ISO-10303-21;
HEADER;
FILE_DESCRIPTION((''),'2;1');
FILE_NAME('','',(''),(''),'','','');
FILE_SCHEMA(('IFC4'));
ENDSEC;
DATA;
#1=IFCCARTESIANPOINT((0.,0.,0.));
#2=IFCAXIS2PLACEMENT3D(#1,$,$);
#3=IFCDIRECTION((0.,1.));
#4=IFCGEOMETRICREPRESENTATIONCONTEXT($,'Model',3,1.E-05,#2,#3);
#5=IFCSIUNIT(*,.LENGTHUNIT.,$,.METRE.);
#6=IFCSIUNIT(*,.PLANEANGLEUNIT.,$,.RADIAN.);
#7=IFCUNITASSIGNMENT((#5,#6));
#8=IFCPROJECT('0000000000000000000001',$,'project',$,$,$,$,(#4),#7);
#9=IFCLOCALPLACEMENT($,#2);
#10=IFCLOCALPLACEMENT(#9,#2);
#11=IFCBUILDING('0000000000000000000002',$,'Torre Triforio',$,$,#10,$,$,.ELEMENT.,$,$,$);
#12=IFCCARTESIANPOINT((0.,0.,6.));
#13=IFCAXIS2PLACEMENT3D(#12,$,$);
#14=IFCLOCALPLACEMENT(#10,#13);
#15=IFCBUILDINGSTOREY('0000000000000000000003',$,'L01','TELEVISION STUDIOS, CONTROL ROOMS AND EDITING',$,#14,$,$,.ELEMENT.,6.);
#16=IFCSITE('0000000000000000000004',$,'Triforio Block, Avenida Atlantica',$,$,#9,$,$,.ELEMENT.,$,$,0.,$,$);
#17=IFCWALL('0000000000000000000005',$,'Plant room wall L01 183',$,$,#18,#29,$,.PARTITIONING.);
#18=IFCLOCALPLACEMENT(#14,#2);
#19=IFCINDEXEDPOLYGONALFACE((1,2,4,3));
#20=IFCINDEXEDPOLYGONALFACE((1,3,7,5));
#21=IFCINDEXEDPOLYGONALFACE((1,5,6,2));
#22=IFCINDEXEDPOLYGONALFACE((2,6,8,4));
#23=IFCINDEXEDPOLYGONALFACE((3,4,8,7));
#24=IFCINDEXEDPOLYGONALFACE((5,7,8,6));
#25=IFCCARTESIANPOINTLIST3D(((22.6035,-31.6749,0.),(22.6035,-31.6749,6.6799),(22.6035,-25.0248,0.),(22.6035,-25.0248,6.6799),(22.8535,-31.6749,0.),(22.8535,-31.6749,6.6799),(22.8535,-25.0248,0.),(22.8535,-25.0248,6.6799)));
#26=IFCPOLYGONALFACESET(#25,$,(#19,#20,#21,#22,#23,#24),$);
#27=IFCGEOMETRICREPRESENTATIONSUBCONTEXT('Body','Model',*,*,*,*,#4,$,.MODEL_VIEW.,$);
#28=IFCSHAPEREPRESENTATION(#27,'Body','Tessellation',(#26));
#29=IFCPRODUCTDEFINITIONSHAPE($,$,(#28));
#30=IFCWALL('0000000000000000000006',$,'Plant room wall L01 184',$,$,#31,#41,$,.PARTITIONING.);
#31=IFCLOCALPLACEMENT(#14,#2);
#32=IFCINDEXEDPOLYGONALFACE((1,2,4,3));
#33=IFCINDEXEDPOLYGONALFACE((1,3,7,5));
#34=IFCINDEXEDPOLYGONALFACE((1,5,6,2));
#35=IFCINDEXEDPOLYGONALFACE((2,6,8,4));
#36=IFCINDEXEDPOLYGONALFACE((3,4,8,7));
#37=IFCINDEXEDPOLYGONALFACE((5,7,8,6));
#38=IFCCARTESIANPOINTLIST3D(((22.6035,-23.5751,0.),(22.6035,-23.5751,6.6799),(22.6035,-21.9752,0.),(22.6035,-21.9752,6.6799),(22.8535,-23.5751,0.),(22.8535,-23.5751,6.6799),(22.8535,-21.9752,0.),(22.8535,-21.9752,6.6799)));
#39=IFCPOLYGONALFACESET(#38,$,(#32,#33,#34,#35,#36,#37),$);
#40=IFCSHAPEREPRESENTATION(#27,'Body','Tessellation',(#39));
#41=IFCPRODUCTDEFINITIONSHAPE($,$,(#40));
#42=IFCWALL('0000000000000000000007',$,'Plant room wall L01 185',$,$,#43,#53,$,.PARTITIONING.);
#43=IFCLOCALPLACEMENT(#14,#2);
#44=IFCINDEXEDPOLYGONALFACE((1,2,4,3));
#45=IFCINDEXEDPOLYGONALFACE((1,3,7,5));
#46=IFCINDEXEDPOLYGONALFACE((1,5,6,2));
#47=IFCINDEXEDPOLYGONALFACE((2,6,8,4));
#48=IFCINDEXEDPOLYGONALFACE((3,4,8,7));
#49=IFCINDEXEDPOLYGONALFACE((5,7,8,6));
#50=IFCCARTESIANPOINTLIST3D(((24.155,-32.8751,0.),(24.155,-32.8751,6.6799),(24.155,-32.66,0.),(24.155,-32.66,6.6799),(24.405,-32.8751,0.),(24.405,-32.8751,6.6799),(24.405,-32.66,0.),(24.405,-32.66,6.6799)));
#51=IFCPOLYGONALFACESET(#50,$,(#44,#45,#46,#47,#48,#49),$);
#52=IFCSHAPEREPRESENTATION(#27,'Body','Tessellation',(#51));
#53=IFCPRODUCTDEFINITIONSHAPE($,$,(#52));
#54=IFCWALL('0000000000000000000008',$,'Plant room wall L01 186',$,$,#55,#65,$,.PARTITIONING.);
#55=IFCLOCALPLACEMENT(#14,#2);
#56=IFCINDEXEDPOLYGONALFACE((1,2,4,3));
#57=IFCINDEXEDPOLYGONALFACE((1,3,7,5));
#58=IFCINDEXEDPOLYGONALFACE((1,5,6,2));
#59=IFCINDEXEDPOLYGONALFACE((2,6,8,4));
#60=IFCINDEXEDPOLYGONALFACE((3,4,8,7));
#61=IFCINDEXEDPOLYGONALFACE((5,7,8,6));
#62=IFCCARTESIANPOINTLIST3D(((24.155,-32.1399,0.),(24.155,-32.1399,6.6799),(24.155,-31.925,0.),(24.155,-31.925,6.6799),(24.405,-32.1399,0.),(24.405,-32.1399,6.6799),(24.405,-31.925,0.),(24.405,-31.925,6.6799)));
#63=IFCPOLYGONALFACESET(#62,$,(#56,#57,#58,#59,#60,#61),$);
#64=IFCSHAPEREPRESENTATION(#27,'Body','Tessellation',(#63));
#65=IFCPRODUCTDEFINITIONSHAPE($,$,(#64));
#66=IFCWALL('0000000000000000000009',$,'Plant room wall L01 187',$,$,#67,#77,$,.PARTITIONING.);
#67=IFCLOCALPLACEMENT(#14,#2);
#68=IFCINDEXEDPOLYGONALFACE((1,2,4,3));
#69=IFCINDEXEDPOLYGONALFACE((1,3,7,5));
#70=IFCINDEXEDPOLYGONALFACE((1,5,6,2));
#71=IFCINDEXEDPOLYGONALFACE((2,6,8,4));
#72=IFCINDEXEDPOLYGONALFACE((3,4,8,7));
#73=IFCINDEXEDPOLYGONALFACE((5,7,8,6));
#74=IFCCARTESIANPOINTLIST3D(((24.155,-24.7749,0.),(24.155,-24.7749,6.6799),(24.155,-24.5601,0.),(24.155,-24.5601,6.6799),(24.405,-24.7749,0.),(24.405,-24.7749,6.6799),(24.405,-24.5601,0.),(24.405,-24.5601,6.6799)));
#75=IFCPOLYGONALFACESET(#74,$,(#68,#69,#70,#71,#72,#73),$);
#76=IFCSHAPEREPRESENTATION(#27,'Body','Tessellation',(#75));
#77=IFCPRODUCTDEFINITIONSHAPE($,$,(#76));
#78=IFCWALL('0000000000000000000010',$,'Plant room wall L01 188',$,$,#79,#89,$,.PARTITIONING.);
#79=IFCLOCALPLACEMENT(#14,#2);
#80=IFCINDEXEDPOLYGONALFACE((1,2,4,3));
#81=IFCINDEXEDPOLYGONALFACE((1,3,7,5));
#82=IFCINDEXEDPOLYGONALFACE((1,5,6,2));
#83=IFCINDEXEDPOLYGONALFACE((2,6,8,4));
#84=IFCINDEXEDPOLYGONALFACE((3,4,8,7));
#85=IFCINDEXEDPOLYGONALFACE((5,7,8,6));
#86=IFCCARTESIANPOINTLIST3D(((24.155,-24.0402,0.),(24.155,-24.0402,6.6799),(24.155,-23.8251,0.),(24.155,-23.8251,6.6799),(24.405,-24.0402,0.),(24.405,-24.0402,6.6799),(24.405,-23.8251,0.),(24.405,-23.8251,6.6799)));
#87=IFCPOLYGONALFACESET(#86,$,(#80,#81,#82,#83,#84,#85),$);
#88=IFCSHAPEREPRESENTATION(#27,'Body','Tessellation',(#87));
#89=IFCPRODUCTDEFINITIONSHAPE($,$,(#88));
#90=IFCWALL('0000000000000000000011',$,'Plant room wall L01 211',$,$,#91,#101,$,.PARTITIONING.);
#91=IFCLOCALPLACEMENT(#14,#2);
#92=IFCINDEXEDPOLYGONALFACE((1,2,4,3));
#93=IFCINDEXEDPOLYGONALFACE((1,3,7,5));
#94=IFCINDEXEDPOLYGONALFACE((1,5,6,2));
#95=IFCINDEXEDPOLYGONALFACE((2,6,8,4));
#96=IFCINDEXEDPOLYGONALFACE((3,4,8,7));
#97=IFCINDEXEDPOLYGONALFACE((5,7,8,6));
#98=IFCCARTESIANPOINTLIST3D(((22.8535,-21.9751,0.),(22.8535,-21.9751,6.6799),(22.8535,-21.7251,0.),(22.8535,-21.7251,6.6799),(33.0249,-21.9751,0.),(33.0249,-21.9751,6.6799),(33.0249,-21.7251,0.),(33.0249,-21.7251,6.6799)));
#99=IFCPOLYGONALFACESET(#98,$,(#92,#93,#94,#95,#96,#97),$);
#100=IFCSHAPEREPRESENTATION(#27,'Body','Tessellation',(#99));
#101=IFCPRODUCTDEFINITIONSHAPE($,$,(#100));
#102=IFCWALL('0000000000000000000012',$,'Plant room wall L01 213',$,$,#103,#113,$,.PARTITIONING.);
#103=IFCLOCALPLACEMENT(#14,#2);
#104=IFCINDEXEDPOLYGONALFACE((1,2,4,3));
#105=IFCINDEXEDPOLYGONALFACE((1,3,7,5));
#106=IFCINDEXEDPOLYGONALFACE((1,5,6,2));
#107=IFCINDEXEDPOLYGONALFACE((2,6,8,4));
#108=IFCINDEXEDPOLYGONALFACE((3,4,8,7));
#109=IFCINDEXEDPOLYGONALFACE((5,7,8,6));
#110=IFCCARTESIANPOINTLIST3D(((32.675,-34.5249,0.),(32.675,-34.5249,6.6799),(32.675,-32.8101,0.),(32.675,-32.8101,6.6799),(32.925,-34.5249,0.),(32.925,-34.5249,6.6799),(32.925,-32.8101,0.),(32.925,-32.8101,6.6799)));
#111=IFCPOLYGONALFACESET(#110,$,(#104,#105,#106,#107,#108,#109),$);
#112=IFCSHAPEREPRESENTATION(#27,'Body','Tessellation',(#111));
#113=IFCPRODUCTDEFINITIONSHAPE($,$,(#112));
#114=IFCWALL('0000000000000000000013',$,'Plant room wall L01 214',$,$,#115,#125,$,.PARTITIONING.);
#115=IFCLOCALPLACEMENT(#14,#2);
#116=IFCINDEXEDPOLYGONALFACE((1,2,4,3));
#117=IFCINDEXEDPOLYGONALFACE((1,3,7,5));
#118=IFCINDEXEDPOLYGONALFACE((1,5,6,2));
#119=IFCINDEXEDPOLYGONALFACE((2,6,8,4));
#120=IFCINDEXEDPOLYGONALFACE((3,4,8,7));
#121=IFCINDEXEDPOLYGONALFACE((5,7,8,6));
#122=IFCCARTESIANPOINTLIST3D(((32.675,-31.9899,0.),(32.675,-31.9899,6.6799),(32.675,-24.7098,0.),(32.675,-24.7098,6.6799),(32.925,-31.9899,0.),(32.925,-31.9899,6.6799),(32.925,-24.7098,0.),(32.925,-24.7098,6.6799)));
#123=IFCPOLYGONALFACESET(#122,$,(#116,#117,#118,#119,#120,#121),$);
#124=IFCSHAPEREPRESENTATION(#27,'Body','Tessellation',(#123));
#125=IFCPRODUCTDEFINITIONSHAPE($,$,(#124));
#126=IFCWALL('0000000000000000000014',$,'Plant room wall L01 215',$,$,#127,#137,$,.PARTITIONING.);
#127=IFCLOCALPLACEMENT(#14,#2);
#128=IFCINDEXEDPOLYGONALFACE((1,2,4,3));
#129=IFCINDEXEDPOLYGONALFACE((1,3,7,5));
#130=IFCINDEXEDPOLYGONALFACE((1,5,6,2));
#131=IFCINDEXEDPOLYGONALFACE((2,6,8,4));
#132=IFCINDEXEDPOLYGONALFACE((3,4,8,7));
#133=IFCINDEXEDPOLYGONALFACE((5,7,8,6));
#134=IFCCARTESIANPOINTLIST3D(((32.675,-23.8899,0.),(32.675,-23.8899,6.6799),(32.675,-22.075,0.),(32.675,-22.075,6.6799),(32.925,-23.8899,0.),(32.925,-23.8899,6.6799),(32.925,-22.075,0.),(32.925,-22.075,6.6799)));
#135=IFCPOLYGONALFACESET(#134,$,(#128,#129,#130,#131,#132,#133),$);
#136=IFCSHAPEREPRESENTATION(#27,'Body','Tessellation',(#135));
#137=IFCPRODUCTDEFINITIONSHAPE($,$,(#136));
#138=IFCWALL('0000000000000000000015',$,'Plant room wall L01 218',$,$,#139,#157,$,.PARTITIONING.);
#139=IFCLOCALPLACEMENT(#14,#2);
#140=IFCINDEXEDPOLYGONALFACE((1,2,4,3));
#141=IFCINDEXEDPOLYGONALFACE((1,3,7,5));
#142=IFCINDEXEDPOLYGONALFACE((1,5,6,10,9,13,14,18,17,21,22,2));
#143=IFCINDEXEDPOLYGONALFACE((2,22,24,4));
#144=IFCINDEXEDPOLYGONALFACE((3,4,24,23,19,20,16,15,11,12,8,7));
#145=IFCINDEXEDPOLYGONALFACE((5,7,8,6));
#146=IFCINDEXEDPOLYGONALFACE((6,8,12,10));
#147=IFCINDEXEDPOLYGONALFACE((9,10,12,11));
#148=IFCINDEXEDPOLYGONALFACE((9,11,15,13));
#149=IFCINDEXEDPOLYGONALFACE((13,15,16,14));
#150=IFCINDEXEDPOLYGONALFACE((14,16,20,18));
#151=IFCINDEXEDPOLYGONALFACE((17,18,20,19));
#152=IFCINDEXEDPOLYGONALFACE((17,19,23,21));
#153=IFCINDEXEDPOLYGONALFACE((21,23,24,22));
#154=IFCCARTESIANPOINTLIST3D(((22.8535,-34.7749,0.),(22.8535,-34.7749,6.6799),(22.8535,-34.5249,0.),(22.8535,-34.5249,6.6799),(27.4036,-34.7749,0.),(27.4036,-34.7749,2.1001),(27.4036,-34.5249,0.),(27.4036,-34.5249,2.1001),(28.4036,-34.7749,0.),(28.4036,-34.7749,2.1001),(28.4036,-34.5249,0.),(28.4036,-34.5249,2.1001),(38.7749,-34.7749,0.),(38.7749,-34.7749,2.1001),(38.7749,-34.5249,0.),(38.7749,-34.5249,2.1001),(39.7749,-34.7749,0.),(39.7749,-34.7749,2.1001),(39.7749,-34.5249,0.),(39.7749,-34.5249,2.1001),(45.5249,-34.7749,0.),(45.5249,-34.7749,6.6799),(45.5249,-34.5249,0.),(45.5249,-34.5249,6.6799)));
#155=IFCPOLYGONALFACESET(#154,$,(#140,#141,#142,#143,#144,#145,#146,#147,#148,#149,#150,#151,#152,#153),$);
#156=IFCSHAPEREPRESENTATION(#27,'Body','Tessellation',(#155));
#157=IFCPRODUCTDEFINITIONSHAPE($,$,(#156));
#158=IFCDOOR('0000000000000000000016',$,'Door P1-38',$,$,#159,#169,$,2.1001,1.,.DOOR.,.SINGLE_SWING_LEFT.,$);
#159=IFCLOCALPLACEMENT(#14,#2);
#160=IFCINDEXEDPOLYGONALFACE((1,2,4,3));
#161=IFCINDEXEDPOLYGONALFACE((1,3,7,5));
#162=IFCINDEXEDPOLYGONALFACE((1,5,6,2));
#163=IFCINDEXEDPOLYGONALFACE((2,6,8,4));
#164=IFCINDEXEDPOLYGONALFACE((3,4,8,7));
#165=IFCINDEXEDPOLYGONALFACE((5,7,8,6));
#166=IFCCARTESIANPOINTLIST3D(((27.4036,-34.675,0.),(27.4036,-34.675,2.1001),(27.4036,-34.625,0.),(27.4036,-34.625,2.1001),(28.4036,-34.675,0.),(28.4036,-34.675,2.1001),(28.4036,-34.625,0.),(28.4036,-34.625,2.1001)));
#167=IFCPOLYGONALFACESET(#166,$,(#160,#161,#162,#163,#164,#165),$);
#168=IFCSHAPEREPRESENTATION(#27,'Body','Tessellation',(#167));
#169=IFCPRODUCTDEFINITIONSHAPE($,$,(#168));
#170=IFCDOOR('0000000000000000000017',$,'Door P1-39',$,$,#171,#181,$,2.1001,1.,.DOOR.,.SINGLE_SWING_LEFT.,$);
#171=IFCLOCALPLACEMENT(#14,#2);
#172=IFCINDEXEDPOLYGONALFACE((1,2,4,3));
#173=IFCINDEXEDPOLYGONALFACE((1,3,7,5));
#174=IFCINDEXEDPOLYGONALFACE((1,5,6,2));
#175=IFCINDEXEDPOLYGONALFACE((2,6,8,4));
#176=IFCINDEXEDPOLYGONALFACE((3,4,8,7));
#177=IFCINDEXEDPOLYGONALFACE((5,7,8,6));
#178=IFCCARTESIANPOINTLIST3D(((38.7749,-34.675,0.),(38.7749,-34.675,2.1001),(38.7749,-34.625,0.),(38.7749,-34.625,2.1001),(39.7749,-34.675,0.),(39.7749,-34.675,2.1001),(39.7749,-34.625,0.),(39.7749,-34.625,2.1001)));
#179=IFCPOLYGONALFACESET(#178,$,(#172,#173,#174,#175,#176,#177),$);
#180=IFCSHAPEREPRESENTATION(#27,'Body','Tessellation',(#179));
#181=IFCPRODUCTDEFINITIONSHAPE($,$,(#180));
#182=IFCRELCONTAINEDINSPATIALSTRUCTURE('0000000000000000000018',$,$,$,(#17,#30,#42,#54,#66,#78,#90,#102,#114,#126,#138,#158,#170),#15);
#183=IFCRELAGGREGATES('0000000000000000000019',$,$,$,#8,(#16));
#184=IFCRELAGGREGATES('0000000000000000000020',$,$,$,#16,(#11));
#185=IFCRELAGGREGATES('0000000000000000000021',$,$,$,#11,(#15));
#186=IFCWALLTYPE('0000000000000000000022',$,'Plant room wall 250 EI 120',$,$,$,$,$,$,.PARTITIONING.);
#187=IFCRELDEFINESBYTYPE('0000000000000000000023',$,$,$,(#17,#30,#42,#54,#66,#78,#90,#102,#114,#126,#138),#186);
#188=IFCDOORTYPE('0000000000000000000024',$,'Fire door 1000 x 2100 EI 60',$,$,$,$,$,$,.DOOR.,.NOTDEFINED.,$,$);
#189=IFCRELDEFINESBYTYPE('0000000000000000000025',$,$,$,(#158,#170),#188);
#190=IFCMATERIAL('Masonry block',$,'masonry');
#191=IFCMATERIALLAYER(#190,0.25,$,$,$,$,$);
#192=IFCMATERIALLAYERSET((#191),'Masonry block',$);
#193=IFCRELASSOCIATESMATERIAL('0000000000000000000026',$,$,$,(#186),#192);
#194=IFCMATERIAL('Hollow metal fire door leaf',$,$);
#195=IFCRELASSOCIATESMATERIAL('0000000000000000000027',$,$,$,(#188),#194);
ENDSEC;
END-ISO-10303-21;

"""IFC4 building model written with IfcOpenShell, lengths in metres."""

from ifc_helpers import new_model, si_unit, direction, frame, frame_2d, origin, place, context, subcontext, project, spatial, rectangle, extrude, material, layer, layer_set, type_object, element, fill, save


model = new_model("IFC4")

# Units and contexts
model_context = context("Model", 3, precision=1e-05, world=origin(), true_north=direction((0.0, 1.0)))
body_context = subcontext(model_context, "Body", "Model", "MODEL_VIEW")
ifc_project = project(units=[si_unit("LENGTHUNIT", "METRE"), si_unit("PLANEANGLEUNIT", "RADIAN")], contexts=[model_context])

# Site, building, storey
site_placement = place(None, origin())
site = spatial("IfcSite", under=ifc_project, at=site_placement, Name="Triforio Block, Avenida Atlantica", CompositionType="ELEMENT", RefElevation=0.0)
building_placement = place(site_placement, origin())
building = spatial("IfcBuilding", under=site, at=building_placement, Name="Torre Triforio", CompositionType="ELEMENT")
storey_placement = place(building_placement, frame((0.0, 0.0, 6.0)))
storey = spatial("IfcBuildingStorey", under=building, at=storey_placement, Name="L01", Description="TELEVISION STUDIOS, CONTROL ROOMS AND EDITING", CompositionType="ELEMENT", Elevation=6.0)

# Walls
ifc_material_1 = material(Name="Masonry block", Category="masonry")
ifc_layer_1 = layer(ifc_material_1, 0.25)
ifc_layer_set_1 = layer_set([ifc_layer_1], Name="Masonry block")
wall_type_1 = type_object("IfcWallType", Name="Plant room wall 250 EI 120", PredefinedType="PARTITIONING", material=ifc_layer_set_1)
wall_1_placement = place(storey_placement, frame((22.7285, -31.675, 0.0), z_axis=(0.0, 0.0, 1.0), x_axis=(0.0, 1.0, 0.0)))
element("IfcWall", 1, at=wall_1_placement, inside=storey, type_object=wall_type_1, Name="Plant room wall L01 183", PredefinedType="PARTITIONING", context=body_context, shape_type="SweptSolid", body=[
    extrude(rectangle(XDim=6.6501, YDim=0.25, at=frame_2d((3.3252, 0.0))), origin(), (0.0, 0.0, 1.0), 6.6799),
])
wall_2_placement = place(storey_placement, frame((22.7285, -23.575, 0.0), z_axis=(0.0, 0.0, 1.0), x_axis=(0.0, 1.0, 0.0)))
element("IfcWall", 2, at=wall_2_placement, inside=storey, type_object=wall_type_1, Name="Plant room wall L01 184", PredefinedType="PARTITIONING", context=body_context, shape_type="SweptSolid", body=[
    extrude(rectangle(XDim=1.5999, YDim=0.25, at=frame_2d((0.7998, 0.0))), origin(), (0.0, 0.0, 1.0), 6.6799),
])
wall_3_placement = place(storey_placement, frame((24.28, -32.875, 0.0), z_axis=(0.0, 0.0, 1.0), x_axis=(0.0, 1.0, 0.0)))
element("IfcWall", 3, at=wall_3_placement, inside=storey, type_object=wall_type_1, Name="Plant room wall L01 185", PredefinedType="PARTITIONING", context=body_context, shape_type="SweptSolid", body=[
    extrude(rectangle(XDim=0.2151, YDim=0.25, at=frame_2d((0.1074, 0.0))), origin(), (0.0, 0.0, 1.0), 6.6799),
])
for number, where, z_axis, x_axis, name in (
    (4, (24.28, -32.1399, 0.0), (0.0, 0.0, 1.0), (0.0, 1.0, 0.0), "Plant room wall L01 186"),
    (5, (24.28, -24.7749, 0.0), (0.0, 0.0, 1.0), (0.0, 1.0, 0.0), "Plant room wall L01 187"),
):
    element("IfcWall", number, at=place(storey_placement, frame(where, z_axis=z_axis, x_axis=x_axis)), inside=storey, type_object=wall_type_1, Name=name, PredefinedType="PARTITIONING", context=body_context, shape_type="SweptSolid", body=[
        extrude(rectangle(XDim=0.2148, YDim=0.25, at=frame_2d((0.1074, 0.0))), origin(), (0.0, 0.0, 1.0), 6.6799),
    ])
wall_4_placement = place(storey_placement, frame((24.28, -24.04, 0.0), z_axis=(0.0, 0.0, 1.0), x_axis=(0.0, 1.0, 0.0)))
element("IfcWall", 6, at=wall_4_placement, inside=storey, type_object=wall_type_1, Name="Plant room wall L01 188", PredefinedType="PARTITIONING", context=body_context, shape_type="SweptSolid", body=[
    extrude(rectangle(XDim=0.2151, YDim=0.25, at=frame_2d((0.1074, 0.0))), origin(), (0.0, 0.0, 1.0), 6.6799),
])
wall_5_placement = place(storey_placement, frame((22.8535, -21.8501, 0.0), z_axis=(0.0, 0.0, 1.0), x_axis=(1.0, 0.0, 0.0)))
element("IfcWall", 7, at=wall_5_placement, inside=storey, type_object=wall_type_1, Name="Plant room wall L01 211", PredefinedType="PARTITIONING", context=body_context, shape_type="SweptSolid", body=[
    extrude(rectangle(XDim=10.1714, YDim=0.25, at=frame_2d((5.0857, 0.0))), origin(), (0.0, 0.0, 1.0), 6.6799),
])
wall_6_placement = place(storey_placement, frame((32.8, -34.5249, 0.0), z_axis=(0.0, 0.0, 1.0), x_axis=(0.0, 1.0, 0.0)))
element("IfcWall", 8, at=wall_6_placement, inside=storey, type_object=wall_type_1, Name="Plant room wall L01 213", PredefinedType="PARTITIONING", context=body_context, shape_type="SweptSolid", body=[
    extrude(rectangle(XDim=1.7148, YDim=0.25, at=frame_2d((0.8574, 0.0))), origin(), (0.0, 0.0, 1.0), 6.6799),
])
wall_7_placement = place(storey_placement, frame((32.8, -31.99, 0.0), z_axis=(0.0, 0.0, 1.0), x_axis=(0.0, 1.0, 0.0)))
element("IfcWall", 9, at=wall_7_placement, inside=storey, type_object=wall_type_1, Name="Plant room wall L01 214", PredefinedType="PARTITIONING", context=body_context, shape_type="SweptSolid", body=[
    extrude(rectangle(XDim=7.28, YDim=0.25, at=frame_2d((3.6401, 0.0))), origin(), (0.0, 0.0, 1.0), 6.6799),
])
wall_8_placement = place(storey_placement, frame((32.8, -23.8899, 0.0), z_axis=(0.0, 0.0, 1.0), x_axis=(0.0, 1.0, 0.0)))
element("IfcWall", 10, at=wall_8_placement, inside=storey, type_object=wall_type_1, Name="Plant room wall L01 215", PredefinedType="PARTITIONING", context=body_context, shape_type="SweptSolid", body=[
    extrude(rectangle(XDim=1.8149, YDim=0.25, at=frame_2d((0.9075, 0.0))), origin(), (0.0, 0.0, 1.0), 6.6799),
])

# Wall, openings, doors
wall_9_placement = place(storey_placement, frame((22.8535, -34.6499, 0.0), z_axis=(0.0, 0.0, 1.0), x_axis=(1.0, 0.0, 0.0)))
wall_9 = element("IfcWall", 11, at=wall_9_placement, inside=storey, type_object=wall_type_1, Name="Plant room wall L01 218", PredefinedType="PARTITIONING", context=body_context, shape_type="SweptSolid", body=[
    extrude(rectangle(XDim=22.6714, YDim=0.25, at=frame_2d((11.3357, 0.0))), origin(), (0.0, 0.0, 1.0), 6.6799),
])
opening_1_placement = place(wall_9_placement, frame((4.55, 0.0, 0.0)))
opening_1 = element("IfcOpeningElement", 12, at=opening_1_placement, cuts=wall_9, PredefinedType="OPENING", context=body_context, shape_type="SweptSolid", body=[
    extrude(rectangle(XDim=1.0, YDim=2.1001, at=frame_2d((0.5, 1.05))), frame((0.0, 0.135, 0.0), z_axis=(0.0, -1.0, 0.0), x_axis=(1.0, 0.0, 0.0)), (0.0, 0.0, 1.0), 0.27),
])
opening_2_placement = place(wall_9_placement, frame((15.9214, 0.0, 0.0)))
opening_2 = element("IfcOpeningElement", 13, at=opening_2_placement, cuts=wall_9, PredefinedType="OPENING", context=body_context, shape_type="SweptSolid", body=[
    extrude(rectangle(XDim=1.0, YDim=2.1001, at=frame_2d((0.5, 1.05))), frame((0.0, 0.135, 0.0), z_axis=(0.0, -1.0, 0.0), x_axis=(1.0, 0.0, 0.0)), (0.0, 0.0, 1.0), 0.27),
])
ifc_material_2 = material(Name="Hollow metal fire door leaf")
door_type = type_object("IfcDoorType", Name="Fire door 1000 x 2100 EI 60", OperationType="NOTDEFINED", PredefinedType="DOOR", material=ifc_material_2)
door_1_placement = place(opening_1_placement, origin())
door_1 = element("IfcDoor", 14, at=door_1_placement, inside=storey, type_object=door_type, Name="Door P1-38", OperationType="SINGLE_SWING_LEFT", OverallHeight=2.1001, OverallWidth=1.0, PredefinedType="DOOR", context=body_context, shape_type="SweptSolid", body=[
    extrude(rectangle(XDim=1.0, YDim=2.1001, at=frame_2d((0.5, 1.05))), frame((0.0, 0.0249, 0.0), z_axis=(0.0, -1.0, 0.0), x_axis=(1.0, 0.0, 0.0)), (0.0, 0.0, 1.0), 0.05),
])
fill(opening_1, door_1)
door_2_placement = place(opening_2_placement, origin())
door_2 = element("IfcDoor", 15, at=door_2_placement, inside=storey, type_object=door_type, Name="Door P1-39", OperationType="SINGLE_SWING_LEFT", OverallHeight=2.1001, OverallWidth=1.0, PredefinedType="DOOR", context=body_context, shape_type="SweptSolid", body=[
    extrude(rectangle(XDim=1.0, YDim=2.1001, at=frame_2d((0.5, 1.05))), frame((0.0, 0.0249, 0.0), z_axis=(0.0, -1.0, 0.0), x_axis=(1.0, 0.0, 0.0)), (0.0, 0.0, 1.0), 0.05),
])
fill(opening_2, door_2)

save(model, "model.ifc")
